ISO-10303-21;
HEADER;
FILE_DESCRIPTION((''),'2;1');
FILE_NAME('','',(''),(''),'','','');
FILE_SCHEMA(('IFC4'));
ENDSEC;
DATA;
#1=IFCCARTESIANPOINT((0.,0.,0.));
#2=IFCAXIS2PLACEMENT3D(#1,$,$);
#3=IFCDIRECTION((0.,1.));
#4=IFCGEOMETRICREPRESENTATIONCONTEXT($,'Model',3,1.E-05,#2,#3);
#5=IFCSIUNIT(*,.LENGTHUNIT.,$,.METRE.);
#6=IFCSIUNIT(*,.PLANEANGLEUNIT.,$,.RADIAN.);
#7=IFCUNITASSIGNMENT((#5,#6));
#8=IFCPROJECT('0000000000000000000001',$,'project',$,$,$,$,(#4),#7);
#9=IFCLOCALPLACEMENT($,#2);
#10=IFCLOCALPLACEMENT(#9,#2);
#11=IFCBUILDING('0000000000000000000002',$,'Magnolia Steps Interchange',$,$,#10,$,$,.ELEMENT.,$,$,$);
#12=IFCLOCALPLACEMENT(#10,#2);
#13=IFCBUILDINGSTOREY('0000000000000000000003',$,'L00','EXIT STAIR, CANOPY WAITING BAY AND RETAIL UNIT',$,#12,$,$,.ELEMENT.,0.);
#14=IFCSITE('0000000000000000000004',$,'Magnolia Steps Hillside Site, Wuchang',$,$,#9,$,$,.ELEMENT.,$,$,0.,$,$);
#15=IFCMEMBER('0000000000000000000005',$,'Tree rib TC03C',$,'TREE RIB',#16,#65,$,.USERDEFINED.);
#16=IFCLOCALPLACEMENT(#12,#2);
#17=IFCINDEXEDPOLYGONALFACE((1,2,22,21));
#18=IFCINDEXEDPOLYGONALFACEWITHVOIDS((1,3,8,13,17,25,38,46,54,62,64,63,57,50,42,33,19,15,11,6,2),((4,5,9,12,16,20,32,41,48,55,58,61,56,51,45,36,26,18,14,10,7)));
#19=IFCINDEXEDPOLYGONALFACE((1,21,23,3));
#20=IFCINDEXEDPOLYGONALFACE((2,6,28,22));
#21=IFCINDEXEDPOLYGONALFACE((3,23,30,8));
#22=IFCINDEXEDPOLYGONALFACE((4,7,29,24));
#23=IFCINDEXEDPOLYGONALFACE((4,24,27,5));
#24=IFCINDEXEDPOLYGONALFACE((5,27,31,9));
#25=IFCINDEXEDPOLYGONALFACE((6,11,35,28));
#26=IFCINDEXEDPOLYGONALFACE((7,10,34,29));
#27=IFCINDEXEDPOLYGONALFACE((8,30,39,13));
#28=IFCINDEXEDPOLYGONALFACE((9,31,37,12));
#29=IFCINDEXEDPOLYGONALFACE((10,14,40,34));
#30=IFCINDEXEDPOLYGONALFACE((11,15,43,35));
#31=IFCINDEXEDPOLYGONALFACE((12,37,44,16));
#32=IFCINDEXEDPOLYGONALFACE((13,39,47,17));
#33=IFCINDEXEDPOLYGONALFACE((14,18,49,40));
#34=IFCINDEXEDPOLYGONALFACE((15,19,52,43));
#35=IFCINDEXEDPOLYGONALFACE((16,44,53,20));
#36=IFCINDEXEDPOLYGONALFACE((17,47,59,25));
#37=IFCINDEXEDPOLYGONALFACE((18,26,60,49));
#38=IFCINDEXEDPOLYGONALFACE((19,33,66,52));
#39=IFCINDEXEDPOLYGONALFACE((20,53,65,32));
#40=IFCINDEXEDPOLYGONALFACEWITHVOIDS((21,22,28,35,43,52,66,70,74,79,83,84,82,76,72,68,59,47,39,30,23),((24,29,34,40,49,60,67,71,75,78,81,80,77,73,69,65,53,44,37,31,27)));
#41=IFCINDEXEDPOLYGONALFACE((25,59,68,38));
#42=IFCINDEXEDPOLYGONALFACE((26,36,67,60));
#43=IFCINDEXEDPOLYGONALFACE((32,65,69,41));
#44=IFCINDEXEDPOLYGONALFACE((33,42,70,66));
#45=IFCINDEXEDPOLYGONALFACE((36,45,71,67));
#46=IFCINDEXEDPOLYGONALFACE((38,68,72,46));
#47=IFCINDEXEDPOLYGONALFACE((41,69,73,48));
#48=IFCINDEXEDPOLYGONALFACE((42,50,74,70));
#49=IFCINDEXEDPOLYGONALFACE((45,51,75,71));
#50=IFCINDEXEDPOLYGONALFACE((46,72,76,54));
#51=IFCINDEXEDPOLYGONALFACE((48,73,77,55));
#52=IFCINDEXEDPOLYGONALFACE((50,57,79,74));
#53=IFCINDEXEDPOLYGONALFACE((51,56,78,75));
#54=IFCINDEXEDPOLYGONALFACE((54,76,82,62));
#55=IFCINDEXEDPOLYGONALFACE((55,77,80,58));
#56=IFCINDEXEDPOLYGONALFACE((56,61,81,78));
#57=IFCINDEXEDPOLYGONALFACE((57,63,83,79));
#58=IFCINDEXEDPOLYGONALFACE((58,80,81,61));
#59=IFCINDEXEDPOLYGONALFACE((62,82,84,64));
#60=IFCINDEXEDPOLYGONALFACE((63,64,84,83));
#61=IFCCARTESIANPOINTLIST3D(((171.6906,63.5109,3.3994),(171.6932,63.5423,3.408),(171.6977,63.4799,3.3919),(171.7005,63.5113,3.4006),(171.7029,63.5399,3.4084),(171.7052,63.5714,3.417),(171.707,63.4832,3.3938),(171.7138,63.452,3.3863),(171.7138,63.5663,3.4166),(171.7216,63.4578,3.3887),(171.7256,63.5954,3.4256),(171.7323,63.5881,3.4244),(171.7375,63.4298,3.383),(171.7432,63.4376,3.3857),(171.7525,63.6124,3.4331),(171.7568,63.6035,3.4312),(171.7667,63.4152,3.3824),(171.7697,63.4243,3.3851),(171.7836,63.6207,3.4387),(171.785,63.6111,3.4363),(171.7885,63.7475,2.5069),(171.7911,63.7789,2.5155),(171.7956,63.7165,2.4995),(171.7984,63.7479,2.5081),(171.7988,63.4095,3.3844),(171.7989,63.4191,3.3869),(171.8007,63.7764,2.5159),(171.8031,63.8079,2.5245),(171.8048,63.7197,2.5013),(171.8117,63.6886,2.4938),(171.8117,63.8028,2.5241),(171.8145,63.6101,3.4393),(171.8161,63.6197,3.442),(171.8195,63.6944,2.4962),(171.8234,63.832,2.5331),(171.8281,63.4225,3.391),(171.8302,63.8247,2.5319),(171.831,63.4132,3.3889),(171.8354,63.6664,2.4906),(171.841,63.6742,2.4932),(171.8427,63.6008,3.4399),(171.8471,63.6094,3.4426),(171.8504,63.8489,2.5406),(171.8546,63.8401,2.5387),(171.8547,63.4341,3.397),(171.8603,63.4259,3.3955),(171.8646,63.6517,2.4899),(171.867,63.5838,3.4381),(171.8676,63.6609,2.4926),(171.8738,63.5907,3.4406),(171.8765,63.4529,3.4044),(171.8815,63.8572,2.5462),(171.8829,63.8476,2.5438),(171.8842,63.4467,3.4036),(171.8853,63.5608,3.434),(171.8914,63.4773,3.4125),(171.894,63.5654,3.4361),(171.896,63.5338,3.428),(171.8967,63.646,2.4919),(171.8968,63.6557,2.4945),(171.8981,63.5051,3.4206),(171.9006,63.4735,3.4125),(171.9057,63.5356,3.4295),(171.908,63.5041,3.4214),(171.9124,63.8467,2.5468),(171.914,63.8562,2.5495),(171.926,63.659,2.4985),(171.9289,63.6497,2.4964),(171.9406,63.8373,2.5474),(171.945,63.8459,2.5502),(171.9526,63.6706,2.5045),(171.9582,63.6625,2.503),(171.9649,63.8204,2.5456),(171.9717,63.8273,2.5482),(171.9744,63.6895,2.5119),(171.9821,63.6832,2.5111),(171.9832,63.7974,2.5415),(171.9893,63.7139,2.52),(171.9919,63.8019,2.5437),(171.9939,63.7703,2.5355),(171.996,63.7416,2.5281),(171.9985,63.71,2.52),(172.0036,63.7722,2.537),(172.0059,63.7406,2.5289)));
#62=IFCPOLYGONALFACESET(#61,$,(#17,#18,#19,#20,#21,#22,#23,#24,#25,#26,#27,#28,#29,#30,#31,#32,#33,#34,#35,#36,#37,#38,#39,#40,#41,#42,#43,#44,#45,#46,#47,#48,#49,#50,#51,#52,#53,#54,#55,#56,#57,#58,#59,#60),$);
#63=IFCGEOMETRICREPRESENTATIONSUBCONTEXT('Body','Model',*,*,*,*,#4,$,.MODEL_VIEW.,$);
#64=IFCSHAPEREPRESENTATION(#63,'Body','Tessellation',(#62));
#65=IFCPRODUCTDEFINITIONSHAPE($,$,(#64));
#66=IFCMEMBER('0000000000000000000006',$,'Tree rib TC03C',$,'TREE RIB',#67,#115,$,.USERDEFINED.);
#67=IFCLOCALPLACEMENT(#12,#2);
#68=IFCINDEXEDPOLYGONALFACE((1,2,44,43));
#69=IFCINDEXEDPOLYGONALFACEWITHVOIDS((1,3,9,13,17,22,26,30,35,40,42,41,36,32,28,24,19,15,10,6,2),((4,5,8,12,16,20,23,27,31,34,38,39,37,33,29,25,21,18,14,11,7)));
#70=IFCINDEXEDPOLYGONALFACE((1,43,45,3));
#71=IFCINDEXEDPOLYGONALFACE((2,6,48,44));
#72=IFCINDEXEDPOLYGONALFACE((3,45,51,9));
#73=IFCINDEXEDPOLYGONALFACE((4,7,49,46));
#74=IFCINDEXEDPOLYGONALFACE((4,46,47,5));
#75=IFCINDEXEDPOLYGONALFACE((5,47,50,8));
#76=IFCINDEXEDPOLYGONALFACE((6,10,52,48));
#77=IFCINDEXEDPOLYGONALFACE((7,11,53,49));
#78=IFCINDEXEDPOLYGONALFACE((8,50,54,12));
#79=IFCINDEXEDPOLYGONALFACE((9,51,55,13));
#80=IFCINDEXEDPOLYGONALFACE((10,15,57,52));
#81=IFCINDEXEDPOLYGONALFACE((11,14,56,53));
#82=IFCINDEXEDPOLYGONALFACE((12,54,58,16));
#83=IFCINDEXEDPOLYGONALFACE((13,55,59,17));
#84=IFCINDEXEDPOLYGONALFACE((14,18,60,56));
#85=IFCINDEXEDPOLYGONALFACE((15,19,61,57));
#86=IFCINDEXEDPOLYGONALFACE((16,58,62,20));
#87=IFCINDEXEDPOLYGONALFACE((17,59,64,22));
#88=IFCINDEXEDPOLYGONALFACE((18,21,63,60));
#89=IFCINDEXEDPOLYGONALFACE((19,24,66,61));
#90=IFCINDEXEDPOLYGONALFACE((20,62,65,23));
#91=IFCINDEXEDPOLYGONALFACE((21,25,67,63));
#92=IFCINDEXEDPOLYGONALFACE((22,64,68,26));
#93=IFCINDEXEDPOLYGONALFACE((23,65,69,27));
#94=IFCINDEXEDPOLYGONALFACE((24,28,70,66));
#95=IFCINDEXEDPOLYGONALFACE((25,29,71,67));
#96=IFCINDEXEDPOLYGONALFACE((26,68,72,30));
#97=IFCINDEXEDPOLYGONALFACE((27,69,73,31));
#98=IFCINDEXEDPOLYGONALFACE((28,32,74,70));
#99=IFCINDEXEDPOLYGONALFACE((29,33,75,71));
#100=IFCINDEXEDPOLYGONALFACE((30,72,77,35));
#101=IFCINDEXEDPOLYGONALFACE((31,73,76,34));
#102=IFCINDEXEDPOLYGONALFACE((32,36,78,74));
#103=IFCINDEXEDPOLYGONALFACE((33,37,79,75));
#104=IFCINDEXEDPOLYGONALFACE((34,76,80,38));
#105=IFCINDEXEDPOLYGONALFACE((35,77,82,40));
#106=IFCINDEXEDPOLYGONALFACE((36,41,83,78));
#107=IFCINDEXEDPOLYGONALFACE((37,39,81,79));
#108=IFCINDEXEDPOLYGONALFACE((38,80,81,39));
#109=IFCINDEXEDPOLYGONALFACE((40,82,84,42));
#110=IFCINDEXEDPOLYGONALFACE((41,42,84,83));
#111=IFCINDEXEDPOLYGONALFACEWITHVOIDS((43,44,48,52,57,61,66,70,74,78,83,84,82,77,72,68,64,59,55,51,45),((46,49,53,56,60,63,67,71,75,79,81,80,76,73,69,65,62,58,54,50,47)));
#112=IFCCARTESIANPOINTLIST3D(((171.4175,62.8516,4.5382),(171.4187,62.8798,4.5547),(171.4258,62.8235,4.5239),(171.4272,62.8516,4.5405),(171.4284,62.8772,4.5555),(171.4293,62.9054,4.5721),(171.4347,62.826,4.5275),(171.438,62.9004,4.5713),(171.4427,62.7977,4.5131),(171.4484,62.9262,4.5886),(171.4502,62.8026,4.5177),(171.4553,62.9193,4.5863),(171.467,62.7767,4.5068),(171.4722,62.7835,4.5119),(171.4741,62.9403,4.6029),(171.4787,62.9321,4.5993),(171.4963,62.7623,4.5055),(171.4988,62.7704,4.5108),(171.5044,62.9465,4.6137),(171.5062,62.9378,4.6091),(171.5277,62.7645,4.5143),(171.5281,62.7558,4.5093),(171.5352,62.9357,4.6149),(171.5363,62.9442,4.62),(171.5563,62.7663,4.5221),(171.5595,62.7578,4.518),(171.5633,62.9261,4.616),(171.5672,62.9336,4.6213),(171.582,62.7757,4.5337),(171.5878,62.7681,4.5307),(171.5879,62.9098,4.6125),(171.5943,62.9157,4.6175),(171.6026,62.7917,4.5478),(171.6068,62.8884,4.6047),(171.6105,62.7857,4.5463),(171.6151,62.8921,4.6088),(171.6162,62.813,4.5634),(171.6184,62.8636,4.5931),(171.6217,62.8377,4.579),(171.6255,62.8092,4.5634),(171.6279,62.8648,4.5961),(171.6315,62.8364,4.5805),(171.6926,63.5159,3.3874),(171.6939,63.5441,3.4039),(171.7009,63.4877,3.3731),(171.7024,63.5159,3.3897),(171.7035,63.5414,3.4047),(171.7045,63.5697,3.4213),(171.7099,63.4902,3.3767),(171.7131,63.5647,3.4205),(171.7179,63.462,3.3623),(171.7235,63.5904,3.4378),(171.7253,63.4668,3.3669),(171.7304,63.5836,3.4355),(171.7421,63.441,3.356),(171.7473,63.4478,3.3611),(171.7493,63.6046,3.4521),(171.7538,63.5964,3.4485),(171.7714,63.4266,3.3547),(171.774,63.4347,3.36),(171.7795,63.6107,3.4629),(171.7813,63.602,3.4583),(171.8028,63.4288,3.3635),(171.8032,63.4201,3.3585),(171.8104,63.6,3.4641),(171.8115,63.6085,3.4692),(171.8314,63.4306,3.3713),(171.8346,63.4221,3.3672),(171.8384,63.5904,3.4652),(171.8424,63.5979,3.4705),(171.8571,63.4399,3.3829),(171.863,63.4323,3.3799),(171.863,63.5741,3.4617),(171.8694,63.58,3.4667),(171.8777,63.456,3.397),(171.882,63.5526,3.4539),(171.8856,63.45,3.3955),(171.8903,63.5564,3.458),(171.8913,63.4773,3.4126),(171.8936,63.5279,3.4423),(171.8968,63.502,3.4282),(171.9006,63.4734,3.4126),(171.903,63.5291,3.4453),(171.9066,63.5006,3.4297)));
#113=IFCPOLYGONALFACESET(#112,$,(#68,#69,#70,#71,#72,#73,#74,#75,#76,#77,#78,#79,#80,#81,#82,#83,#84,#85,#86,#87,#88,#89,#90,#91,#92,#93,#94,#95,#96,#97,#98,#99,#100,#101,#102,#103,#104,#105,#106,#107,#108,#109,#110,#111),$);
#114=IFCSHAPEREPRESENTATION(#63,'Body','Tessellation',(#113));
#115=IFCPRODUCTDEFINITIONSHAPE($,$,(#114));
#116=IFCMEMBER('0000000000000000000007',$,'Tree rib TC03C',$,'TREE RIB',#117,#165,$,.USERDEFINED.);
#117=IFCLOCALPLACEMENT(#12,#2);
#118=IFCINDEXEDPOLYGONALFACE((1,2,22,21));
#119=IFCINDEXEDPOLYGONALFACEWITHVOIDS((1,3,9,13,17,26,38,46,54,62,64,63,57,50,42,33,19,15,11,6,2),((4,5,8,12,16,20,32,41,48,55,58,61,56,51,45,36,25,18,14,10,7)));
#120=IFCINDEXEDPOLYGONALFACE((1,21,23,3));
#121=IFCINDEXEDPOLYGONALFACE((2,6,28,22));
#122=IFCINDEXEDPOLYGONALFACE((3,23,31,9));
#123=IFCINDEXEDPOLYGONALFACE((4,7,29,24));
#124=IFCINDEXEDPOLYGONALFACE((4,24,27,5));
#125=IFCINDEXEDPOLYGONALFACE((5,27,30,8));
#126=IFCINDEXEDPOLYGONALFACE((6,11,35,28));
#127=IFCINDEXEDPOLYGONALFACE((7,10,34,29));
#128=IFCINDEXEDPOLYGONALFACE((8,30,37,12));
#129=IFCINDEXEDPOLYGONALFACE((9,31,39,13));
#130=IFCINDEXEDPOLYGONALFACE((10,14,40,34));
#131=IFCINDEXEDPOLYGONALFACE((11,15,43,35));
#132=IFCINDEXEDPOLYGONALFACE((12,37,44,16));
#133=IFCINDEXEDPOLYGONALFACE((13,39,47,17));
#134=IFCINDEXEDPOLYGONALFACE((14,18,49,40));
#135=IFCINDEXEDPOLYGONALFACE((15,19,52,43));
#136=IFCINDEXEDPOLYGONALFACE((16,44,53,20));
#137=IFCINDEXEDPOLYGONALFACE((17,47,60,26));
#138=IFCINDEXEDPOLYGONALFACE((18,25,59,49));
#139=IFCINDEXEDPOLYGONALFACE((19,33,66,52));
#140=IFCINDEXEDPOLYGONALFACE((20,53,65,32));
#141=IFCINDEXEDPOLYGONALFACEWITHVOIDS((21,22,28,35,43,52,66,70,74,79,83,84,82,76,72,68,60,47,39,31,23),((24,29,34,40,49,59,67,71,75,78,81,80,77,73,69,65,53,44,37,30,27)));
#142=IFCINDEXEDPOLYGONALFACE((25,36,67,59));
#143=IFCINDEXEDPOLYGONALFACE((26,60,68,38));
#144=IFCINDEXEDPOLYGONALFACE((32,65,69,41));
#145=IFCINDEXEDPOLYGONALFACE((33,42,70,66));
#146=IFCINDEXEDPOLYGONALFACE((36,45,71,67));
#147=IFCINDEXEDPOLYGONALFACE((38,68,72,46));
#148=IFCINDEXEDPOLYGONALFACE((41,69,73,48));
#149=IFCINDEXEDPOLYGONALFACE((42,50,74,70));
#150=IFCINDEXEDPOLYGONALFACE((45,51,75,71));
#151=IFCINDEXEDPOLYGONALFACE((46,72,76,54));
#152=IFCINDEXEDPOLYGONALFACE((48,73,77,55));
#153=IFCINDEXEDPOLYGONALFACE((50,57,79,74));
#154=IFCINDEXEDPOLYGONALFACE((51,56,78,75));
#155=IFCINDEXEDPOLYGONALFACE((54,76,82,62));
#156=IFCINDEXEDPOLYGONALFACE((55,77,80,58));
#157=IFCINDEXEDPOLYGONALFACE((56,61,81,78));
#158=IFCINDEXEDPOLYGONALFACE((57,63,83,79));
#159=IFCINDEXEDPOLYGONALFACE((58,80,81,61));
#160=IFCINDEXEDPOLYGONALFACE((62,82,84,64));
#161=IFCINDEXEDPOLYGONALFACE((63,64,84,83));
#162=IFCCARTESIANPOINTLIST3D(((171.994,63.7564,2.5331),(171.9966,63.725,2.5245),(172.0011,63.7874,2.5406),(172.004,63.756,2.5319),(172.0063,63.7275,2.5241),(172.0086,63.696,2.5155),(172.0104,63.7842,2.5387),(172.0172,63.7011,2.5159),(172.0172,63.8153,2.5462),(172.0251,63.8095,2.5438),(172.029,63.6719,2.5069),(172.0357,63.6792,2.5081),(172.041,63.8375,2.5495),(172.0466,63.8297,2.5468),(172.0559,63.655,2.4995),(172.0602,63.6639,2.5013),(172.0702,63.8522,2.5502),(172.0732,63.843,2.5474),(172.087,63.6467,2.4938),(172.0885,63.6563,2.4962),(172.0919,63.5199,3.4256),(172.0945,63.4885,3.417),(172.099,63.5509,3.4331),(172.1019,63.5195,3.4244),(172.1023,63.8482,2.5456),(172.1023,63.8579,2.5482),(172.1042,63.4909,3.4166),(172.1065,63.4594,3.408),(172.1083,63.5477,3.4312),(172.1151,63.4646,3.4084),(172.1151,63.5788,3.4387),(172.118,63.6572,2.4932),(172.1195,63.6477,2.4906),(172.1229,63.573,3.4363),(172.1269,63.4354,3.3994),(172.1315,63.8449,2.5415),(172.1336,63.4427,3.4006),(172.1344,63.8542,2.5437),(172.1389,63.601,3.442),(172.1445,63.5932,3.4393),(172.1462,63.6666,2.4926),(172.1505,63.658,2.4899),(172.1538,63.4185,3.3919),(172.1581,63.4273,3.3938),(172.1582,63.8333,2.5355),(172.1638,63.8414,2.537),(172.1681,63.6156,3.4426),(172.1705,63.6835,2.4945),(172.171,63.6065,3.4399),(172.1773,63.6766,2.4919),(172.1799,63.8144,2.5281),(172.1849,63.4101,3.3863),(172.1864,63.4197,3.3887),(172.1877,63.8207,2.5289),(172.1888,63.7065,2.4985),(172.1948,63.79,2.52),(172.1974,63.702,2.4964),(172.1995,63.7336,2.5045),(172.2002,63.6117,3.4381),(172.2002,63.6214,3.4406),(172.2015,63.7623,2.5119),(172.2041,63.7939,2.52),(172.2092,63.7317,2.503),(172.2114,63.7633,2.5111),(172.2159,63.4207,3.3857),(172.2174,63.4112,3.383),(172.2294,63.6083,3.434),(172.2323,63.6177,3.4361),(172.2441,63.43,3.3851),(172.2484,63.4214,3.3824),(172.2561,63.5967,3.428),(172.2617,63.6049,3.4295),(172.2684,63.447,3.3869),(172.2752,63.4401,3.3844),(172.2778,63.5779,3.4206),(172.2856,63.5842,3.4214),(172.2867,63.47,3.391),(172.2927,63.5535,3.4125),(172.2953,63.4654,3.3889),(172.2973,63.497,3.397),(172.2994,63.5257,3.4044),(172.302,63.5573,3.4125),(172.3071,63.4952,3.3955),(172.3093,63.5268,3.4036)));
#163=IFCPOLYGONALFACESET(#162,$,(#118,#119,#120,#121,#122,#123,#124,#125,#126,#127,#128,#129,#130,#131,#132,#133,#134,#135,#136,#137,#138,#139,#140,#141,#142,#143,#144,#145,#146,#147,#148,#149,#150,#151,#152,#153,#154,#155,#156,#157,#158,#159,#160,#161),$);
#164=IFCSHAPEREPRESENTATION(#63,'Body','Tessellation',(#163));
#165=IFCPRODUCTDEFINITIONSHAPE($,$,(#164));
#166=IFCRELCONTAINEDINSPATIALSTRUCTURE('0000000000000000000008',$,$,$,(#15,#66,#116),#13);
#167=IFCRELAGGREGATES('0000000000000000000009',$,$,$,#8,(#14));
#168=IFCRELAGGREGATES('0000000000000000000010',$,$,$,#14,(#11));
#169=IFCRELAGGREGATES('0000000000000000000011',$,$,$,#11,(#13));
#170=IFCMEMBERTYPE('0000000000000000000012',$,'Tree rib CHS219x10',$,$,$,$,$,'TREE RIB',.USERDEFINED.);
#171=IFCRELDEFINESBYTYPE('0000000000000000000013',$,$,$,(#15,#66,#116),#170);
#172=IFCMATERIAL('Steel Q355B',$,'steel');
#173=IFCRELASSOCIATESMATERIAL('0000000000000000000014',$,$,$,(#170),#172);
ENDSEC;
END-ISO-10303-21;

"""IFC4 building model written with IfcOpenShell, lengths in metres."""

from ifc_helpers import new_model, si_unit, direction, frame, origin, origin_2d, place, context, subcontext, project, spatial, hollow_circle, extrude, material, material_profile, profile_set, type_object, element, save


model = new_model("IFC4")

# Units and contexts
model_context = context("Model", 3, precision=1e-05, world=origin(), true_north=direction((0.0, 1.0)))
body_context = subcontext(model_context, "Body", "Model", "MODEL_VIEW")
ifc_project = project(units=[si_unit("LENGTHUNIT", "METRE"), si_unit("PLANEANGLEUNIT", "RADIAN")], contexts=[model_context])

# Site, building, storey
site_placement = place(None, origin())
site = spatial("IfcSite", under=ifc_project, at=site_placement, Name="Magnolia Steps Hillside Site, Wuchang", CompositionType="ELEMENT", RefElevation=0.0)
building_placement = place(site_placement, origin())
building = spatial("IfcBuilding", under=site, at=building_placement, Name="Magnolia Steps Interchange", CompositionType="ELEMENT")
storey_placement = place(building_placement, origin())
storey = spatial("IfcBuildingStorey", under=building, at=storey_placement, Name="L00", Description="EXIT STAIR, CANOPY WAITING BAY AND RETAIL UNIT", CompositionType="ELEMENT", Elevation=0.0)

# Members
ifc_material_1 = material(Name="Steel Q355B", Category="steel")
ifc_material_profile_1 = material_profile(ifc_material_1, hollow_circle(Radius=0.1096, WallThickness=0.01, at=origin_2d()), Name="CHS219x10")
ifc_profile_set_1 = profile_set([ifc_material_profile_1], Name="Steel Q355B")
member_type = type_object("IfcMemberType", Name="Tree rib CHS219x10", ElementType="TREE RIB", PredefinedType="USERDEFINED", material=ifc_profile_set_1)
member_1_placement = place(storey_placement, frame((171.8972, 63.752, 2.52), z_axis=(-0.105431, -0.25477, 0.961237), x_axis=(0.924005, -0.38238, 0.0)))
element("IfcMember", 1, at=member_1_placement, inside=storey, type_object=member_type, Name="Tree rib TC03C", ObjectType="TREE RIB", PredefinedType="USERDEFINED", context=body_context, shape_type="SweptSolid", body=[
    extrude(hollow_circle(Radius=0.1096, WallThickness=0.01, at=origin_2d()), origin(), (0.0, 0.0, 1.0), 0.9285),
])
member_2_placement = place(storey_placement, frame((171.7993, 63.5154, 3.4126), z_axis=(-0.202756, -0.48953, 0.848086), x_axis=(0.923889, -0.382662, 0.0)))
element("IfcMember", 2, at=member_2_placement, inside=storey, type_object=member_type, Name="Tree rib TC03C", ObjectType="TREE RIB", PredefinedType="USERDEFINED", context=body_context, shape_type="SweptSolid", body=[
    extrude(hollow_circle(Radius=0.1096, WallThickness=0.01, at=origin_2d()), origin(), (0.0, 0.0, 1.0), 1.3569),
])
member_3_placement = place(storey_placement, frame((172.1028, 63.752, 2.52), z_axis=(0.105431, -0.25477, 0.961237), x_axis=(0.924005, 0.38238, 0.0)))
element("IfcMember", 3, at=member_3_placement, inside=storey, type_object=member_type, Name="Tree rib TC03C", ObjectType="TREE RIB", PredefinedType="USERDEFINED", context=body_context, shape_type="SweptSolid", body=[
    extrude(hollow_circle(Radius=0.1096, WallThickness=0.01, at=origin_2d()), origin(), (0.0, 0.0, 1.0), 0.9285),
])

save(model, "model.ifc")
